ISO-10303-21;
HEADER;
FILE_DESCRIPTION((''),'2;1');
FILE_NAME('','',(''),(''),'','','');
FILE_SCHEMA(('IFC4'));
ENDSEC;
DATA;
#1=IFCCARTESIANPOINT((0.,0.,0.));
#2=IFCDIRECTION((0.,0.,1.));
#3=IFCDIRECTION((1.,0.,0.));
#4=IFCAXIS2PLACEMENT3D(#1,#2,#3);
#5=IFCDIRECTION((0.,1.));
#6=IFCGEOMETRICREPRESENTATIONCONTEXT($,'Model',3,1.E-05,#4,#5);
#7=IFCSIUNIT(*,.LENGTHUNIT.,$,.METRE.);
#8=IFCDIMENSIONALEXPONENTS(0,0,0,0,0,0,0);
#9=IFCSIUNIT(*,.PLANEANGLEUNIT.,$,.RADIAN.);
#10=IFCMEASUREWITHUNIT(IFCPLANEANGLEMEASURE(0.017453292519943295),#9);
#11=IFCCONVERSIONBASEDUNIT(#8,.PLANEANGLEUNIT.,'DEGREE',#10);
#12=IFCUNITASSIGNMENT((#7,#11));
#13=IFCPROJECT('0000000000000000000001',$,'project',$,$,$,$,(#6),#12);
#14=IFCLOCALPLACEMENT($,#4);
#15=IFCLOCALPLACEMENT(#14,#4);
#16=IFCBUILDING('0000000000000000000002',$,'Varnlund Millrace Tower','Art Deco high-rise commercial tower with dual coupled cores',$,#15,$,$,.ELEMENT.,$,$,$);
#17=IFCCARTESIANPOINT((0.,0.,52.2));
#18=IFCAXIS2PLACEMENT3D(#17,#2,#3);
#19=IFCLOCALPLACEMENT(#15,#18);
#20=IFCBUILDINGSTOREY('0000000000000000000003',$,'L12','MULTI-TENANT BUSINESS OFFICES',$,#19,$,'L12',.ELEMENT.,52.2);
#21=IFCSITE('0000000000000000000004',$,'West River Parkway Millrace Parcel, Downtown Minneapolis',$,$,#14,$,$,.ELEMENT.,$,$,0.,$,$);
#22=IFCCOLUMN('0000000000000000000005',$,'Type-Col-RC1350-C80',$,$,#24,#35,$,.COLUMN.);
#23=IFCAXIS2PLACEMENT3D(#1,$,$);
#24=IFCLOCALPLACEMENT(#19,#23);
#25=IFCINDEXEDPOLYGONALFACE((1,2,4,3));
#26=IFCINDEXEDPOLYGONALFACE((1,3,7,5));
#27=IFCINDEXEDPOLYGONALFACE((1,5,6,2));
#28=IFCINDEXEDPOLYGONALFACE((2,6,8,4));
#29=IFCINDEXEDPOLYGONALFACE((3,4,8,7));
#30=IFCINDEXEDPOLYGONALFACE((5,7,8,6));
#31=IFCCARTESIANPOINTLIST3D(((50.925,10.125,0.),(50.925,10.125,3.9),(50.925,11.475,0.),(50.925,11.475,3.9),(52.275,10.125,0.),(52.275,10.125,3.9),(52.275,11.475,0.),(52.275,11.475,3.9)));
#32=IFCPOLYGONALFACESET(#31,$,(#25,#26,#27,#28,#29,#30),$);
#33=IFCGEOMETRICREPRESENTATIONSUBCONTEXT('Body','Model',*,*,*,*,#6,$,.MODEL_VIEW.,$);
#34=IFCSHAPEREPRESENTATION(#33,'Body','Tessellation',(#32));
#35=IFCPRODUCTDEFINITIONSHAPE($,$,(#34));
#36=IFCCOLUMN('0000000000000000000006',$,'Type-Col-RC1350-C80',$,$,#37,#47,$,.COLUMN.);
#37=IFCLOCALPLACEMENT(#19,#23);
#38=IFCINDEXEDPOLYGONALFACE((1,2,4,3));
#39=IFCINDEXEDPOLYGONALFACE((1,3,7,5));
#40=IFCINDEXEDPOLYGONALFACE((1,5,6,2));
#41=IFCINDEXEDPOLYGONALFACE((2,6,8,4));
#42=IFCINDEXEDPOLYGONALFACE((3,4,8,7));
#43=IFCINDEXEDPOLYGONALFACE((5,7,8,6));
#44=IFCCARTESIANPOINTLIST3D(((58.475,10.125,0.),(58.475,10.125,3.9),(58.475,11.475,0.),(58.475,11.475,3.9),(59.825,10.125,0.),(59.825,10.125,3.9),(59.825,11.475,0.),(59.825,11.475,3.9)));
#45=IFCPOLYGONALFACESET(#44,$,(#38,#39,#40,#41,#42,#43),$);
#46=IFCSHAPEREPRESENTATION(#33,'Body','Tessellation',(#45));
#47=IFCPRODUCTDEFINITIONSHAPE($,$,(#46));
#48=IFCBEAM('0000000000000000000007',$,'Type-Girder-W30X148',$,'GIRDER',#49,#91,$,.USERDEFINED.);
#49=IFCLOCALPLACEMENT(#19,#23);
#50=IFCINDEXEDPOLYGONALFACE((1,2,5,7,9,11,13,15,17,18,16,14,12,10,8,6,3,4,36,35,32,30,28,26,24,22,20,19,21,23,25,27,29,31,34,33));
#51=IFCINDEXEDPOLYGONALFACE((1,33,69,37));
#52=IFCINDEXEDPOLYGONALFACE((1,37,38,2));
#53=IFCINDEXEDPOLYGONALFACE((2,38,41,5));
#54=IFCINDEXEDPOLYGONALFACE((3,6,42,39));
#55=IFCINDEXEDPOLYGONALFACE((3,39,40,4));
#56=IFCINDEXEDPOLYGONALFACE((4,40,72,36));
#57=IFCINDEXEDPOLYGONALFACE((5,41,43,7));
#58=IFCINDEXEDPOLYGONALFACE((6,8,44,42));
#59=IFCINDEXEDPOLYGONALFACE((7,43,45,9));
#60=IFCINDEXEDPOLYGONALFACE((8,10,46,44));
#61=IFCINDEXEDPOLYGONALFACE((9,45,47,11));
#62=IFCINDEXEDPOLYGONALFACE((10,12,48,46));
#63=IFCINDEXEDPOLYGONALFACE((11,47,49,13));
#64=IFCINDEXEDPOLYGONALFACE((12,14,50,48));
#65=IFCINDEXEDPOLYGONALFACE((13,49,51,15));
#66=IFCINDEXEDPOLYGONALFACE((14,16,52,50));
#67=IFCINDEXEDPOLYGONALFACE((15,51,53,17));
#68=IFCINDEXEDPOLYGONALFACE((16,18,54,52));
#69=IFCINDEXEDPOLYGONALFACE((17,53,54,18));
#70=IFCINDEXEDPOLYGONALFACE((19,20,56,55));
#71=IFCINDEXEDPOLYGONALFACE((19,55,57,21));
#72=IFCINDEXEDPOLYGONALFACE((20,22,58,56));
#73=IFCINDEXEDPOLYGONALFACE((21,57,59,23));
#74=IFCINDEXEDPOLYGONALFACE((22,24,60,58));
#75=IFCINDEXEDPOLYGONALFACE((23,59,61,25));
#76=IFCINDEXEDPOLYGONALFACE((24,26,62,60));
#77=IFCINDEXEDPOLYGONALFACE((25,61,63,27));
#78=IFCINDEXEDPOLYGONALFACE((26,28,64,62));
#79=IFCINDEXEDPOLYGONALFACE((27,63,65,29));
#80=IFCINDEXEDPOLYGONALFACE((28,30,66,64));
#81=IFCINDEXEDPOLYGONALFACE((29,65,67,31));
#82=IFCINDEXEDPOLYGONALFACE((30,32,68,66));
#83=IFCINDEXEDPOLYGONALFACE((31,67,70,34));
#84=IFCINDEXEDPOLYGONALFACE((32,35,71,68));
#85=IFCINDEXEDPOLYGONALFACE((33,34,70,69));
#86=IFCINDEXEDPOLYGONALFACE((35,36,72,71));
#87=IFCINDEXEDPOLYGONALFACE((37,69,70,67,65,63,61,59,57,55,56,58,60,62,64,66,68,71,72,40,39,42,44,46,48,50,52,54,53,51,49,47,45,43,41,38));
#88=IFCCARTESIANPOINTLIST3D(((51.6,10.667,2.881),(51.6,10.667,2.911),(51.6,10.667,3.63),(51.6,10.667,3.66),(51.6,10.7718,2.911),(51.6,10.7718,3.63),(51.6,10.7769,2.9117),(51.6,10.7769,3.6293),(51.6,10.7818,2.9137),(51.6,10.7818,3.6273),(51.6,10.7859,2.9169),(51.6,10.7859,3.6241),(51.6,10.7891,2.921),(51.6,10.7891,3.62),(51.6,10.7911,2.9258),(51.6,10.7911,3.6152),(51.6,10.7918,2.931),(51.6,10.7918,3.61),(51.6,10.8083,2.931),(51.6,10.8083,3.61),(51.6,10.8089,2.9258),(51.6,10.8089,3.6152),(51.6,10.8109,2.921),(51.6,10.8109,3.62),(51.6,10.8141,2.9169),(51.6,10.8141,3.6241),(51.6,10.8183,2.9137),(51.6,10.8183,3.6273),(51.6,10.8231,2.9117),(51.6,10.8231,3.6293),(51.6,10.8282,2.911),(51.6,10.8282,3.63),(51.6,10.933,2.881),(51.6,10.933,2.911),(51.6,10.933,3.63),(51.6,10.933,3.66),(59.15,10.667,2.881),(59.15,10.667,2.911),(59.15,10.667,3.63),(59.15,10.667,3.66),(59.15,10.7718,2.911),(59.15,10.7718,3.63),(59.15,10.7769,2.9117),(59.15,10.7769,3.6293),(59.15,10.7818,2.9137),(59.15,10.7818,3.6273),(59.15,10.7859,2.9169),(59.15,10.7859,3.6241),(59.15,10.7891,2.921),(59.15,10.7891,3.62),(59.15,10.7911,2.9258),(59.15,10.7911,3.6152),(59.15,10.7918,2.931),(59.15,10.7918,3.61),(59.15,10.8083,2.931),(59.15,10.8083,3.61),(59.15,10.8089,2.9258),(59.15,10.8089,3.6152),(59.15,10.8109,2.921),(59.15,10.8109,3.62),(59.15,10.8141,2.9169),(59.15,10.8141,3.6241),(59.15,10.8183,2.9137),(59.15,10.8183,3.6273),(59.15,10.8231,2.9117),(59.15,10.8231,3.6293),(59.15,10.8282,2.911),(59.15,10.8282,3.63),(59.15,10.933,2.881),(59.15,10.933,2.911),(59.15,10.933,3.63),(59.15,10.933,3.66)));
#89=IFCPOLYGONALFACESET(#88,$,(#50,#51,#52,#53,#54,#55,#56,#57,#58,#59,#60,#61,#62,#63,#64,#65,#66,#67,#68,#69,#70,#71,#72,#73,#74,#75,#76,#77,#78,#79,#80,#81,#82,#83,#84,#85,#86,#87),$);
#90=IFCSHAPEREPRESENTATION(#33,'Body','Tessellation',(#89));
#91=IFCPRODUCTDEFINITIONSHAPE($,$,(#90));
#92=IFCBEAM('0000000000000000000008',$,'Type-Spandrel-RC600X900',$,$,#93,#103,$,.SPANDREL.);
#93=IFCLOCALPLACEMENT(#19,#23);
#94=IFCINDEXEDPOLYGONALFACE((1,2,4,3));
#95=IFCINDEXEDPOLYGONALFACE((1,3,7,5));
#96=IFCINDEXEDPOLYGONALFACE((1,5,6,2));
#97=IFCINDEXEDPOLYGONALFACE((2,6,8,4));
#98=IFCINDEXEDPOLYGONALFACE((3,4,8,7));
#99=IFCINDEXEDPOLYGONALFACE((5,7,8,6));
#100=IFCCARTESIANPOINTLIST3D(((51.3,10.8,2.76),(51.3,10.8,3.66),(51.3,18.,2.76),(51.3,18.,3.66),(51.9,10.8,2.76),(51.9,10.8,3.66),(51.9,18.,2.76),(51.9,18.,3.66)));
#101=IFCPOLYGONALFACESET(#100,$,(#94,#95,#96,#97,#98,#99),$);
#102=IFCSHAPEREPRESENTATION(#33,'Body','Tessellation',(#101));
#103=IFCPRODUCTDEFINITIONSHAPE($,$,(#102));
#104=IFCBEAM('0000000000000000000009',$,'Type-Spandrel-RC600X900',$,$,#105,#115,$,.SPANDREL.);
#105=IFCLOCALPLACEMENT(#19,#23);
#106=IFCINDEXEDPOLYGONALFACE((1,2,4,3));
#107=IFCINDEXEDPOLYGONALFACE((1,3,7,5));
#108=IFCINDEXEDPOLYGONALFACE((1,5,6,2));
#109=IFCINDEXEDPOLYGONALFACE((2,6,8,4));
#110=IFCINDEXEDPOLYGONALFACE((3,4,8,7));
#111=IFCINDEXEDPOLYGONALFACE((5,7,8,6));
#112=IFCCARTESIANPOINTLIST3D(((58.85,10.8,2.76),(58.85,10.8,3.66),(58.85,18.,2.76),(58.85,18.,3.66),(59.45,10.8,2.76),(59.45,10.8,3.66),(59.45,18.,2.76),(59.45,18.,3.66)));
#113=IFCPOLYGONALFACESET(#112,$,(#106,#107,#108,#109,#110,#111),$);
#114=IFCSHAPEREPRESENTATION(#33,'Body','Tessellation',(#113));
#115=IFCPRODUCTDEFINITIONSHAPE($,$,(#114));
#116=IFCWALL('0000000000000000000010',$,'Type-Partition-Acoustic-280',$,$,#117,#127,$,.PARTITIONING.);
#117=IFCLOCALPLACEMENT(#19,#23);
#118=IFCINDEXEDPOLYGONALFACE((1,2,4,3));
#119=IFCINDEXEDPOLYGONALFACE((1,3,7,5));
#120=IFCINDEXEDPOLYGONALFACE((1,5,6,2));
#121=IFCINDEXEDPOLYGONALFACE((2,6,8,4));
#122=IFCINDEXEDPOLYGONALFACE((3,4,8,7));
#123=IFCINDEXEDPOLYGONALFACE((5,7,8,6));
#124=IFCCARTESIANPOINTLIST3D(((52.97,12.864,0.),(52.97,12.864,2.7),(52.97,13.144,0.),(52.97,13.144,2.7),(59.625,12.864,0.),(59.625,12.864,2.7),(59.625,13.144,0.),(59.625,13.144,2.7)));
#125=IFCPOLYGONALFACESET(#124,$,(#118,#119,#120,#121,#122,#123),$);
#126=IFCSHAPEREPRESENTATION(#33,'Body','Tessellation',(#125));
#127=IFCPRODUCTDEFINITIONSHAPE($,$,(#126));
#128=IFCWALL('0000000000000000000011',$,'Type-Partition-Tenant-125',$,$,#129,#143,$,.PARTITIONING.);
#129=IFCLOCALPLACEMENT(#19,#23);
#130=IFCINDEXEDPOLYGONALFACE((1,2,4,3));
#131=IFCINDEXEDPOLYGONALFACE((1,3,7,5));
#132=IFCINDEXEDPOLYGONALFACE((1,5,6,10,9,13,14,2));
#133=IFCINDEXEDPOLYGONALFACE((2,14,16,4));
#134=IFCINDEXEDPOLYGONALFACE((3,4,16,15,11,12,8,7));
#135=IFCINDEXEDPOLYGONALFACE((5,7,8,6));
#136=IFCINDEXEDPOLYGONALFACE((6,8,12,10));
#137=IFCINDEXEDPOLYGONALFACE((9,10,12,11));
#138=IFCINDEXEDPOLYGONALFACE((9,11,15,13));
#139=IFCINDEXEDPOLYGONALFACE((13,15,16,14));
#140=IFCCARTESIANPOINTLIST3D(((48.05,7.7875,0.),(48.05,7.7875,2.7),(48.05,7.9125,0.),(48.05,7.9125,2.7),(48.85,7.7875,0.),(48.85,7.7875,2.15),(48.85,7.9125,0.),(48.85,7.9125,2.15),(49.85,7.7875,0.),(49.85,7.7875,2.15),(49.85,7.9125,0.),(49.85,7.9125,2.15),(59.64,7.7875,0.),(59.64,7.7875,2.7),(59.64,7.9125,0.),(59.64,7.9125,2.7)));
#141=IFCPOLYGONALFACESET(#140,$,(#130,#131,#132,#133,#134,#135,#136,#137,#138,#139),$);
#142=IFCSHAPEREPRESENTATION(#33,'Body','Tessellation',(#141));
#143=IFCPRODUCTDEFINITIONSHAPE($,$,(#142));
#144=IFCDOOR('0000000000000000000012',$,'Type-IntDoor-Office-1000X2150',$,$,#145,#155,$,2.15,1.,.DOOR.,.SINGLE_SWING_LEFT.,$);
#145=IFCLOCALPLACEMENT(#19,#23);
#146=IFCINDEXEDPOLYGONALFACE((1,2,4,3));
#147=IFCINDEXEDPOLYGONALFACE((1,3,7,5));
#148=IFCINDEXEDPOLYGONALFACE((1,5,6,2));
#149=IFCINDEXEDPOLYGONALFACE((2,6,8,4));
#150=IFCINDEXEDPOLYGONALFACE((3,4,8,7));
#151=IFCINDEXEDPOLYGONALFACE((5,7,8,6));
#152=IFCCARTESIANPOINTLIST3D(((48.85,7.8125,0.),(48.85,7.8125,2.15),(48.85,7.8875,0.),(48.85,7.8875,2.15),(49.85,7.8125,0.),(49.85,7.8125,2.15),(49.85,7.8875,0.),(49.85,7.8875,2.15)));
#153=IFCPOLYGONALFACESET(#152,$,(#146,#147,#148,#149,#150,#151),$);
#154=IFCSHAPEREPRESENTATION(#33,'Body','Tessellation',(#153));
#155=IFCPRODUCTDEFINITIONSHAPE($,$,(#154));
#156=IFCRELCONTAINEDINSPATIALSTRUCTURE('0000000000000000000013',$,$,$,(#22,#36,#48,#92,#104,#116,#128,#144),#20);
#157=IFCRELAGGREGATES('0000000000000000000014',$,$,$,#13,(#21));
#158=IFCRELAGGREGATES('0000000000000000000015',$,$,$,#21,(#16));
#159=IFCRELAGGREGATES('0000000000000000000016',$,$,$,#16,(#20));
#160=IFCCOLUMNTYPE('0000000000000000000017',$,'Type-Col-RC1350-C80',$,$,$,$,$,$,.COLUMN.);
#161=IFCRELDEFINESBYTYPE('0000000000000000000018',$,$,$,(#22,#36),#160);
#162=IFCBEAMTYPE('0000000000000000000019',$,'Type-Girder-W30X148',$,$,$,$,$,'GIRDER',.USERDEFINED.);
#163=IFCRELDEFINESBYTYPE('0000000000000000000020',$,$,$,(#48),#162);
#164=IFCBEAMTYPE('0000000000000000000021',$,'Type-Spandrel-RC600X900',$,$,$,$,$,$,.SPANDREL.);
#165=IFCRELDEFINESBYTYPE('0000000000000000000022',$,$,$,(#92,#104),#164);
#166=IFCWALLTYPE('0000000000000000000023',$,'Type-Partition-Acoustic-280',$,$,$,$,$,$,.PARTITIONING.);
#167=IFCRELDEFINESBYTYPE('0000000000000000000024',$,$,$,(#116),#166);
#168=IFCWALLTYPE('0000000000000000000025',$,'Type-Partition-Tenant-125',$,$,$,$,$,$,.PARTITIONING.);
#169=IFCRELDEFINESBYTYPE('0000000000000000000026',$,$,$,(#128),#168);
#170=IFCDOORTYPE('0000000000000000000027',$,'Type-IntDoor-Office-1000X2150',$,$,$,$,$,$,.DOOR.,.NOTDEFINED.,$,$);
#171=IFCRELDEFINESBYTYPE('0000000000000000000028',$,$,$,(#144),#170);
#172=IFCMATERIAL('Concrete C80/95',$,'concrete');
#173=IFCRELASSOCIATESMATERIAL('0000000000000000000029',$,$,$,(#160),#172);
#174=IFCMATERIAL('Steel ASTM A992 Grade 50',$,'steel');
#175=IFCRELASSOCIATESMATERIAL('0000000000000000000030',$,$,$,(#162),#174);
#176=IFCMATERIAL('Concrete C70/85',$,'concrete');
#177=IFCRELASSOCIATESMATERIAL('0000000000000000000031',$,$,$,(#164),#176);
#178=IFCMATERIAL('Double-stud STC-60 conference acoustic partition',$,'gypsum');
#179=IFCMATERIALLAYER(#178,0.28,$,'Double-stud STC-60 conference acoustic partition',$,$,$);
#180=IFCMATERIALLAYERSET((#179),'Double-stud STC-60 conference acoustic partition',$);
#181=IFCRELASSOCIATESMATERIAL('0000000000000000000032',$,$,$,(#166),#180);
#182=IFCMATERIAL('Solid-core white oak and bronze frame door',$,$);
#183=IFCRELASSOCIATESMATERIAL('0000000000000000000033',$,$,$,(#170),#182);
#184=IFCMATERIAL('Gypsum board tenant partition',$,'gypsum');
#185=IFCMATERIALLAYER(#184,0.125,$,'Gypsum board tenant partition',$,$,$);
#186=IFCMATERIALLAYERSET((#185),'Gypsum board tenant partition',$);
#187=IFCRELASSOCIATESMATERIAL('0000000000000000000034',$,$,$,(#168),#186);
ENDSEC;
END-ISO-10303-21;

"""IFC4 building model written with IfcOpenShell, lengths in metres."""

from ifc_helpers import new_model, entity, si_unit, converted_unit, direction, frame, origin_with_axes, origin_2d_with_axis, place, context, subcontext, project, spatial, polyline, rectangle, i_section, outline, extrude, material, layer, layer_set, material_profile, profile_set, type_object, element, fill, save


model = new_model("IFC4")

# Units and contexts
model_context = context("Model", 3, precision=1e-05, world=origin_with_axes(), true_north=direction((0.0, 1.0)))
body_context = subcontext(model_context, "Body", "Model", "MODEL_VIEW")
ifc_project = project(units=[si_unit("LENGTHUNIT", "METRE"), converted_unit("PLANEANGLEUNIT", "DEGREE", entity("IfcPlaneAngleMeasure", 0.017453292519943295), si_unit("PLANEANGLEUNIT", "RADIAN"), dimensions=[0, 0, 0, 0, 0, 0, 0])], contexts=[model_context])

# Site, building, storey
site_placement = place(None, origin_with_axes())
site = spatial("IfcSite", under=ifc_project, at=site_placement, Name="West River Parkway Millrace Parcel, Downtown Minneapolis", CompositionType="ELEMENT", RefElevation=0.0)
building_placement = place(site_placement, origin_with_axes())
building = spatial("IfcBuilding", under=site, at=building_placement, Name="Varnlund Millrace Tower", Description="Art Deco high-rise commercial tower with dual coupled cores", CompositionType="ELEMENT")
storey_placement = place(building_placement, frame((0.0, 0.0, 52.2), z_axis=(0.0, 0.0, 1.0), x_axis=(1.0, 0.0, 0.0)))
storey = spatial("IfcBuildingStorey", under=building, at=storey_placement, Name="L12", Description="MULTI-TENANT BUSINESS OFFICES", LongName="L12", CompositionType="ELEMENT", Elevation=52.2)

# Columns
ifc_material_1 = material(Name="Concrete C80/95", Category="concrete")
ifc_material_profile_1 = material_profile(ifc_material_1, rectangle(XDim=1.35, YDim=1.35, at=origin_2d_with_axis()), Name="Concrete C80/95")
ifc_profile_set_1 = profile_set([ifc_material_profile_1], Name="Concrete C80/95")
column_type = type_object("IfcColumnType", Name="Type-Col-RC1350-C80", PredefinedType="COLUMN", material=ifc_profile_set_1)
for number, where, z_axis, x_axis, name in (
    (1, (51.6, 10.8, 0.0), (0.0, 0.0, 1.0), (1.0, 0.0, 0.0), "Type-Col-RC1350-C80"),
    (2, (59.15, 10.8, 0.0), (0.0, 0.0, 1.0), (1.0, 0.0, 0.0), "Type-Col-RC1350-C80"),
):
    element("IfcColumn", number, at=place(storey_placement, frame(where, z_axis=z_axis, x_axis=x_axis)), inside=storey, type_object=column_type, Name=name, PredefinedType="COLUMN", context=body_context, shape_type="SweptSolid", body=[
        extrude(rectangle(XDim=1.35, YDim=1.35, at=origin_2d_with_axis()), origin_with_axes(), (0.0, 0.0, 1.0), 3.9),
    ])

# Beams
ifc_material_2 = material(Name="Steel ASTM A992 Grade 50", Category="steel")
ifc_material_profile_2 = material_profile(ifc_material_2, i_section(OverallWidth=0.266, OverallDepth=0.779, WebThickness=0.0165, FlangeThickness=0.03, FilletRadius=0.02, at=origin_2d_with_axis()), Name="Steel ASTM A992 Grade 50")
ifc_profile_set_2 = profile_set([ifc_material_profile_2], Name="Steel ASTM A992 Grade 50")
beam_type_1 = type_object("IfcBeamType", Name="Type-Girder-W30X148", ElementType="GIRDER", PredefinedType="USERDEFINED", material=ifc_profile_set_2)
beam_placement = place(storey_placement, frame((51.6, 10.8, 3.2705), z_axis=(1.0, 0.0, 0.0), x_axis=(0.0, 1.0, 0.0)))
element("IfcBeam", 3, at=beam_placement, inside=storey, type_object=beam_type_1, Name="Type-Girder-W30X148", ObjectType="GIRDER", PredefinedType="USERDEFINED", context=body_context, shape_type="SweptSolid", body=[
    extrude(i_section(OverallWidth=0.266, OverallDepth=0.779, WebThickness=0.0165, FlangeThickness=0.03, FilletRadius=0.02, at=origin_2d_with_axis()), origin_with_axes(), (0.0, 0.0, 1.0), 7.55),
])
ifc_material_3 = material(Name="Concrete C70/85", Category="concrete")
ifc_material_profile_3 = material_profile(ifc_material_3, rectangle(XDim=0.6, YDim=0.9, at=origin_2d_with_axis()), Name="Concrete C70/85")
ifc_profile_set_3 = profile_set([ifc_material_profile_3], Name="Concrete C70/85")
beam_type_2 = type_object("IfcBeamType", Name="Type-Spandrel-RC600X900", PredefinedType="SPANDREL", material=ifc_profile_set_3)
for number, where, z_axis, x_axis, name in (
    (4, (51.6, 10.8, 3.21), (0.0, 1.0, 0.0), (-1.0, 0.0, 0.0), "Type-Spandrel-RC600X900"),
    (5, (59.15, 10.8, 3.21), (0.0, 1.0, 0.0), (-1.0, 0.0, 0.0), "Type-Spandrel-RC600X900"),
):
    element("IfcBeam", number, at=place(storey_placement, frame(where, z_axis=z_axis, x_axis=x_axis)), inside=storey, type_object=beam_type_2, Name=name, PredefinedType="SPANDREL", context=body_context, shape_type="SweptSolid", body=[
        extrude(rectangle(XDim=0.6, YDim=0.9, at=origin_2d_with_axis()), origin_with_axes(), (0.0, 0.0, 1.0), 7.2),
    ])

# Wall
ifc_material_4 = material(Name="Double-stud STC-60 conference acoustic partition", Category="gypsum")
ifc_layer_1 = layer(ifc_material_4, 0.28, Name="Double-stud STC-60 conference acoustic partition")
ifc_layer_set_1 = layer_set([ifc_layer_1], Name="Double-stud STC-60 conference acoustic partition")
wall_type_1 = type_object("IfcWallType", Name="Type-Partition-Acoustic-280", PredefinedType="PARTITIONING", material=ifc_layer_set_1)
wall_1_placement = place(storey_placement, frame((52.97, 13.004, 0.0), z_axis=(0.0, 0.0, 1.0), x_axis=(1.0, 0.0, 0.0)))
element("IfcWall", 6, at=wall_1_placement, inside=storey, type_object=wall_type_1, Name="Type-Partition-Acoustic-280", PredefinedType="PARTITIONING", context=body_context, shape_type="SweptSolid", body=[
    extrude(outline(polyline([(0.0, -0.14), (6.655, -0.14), (6.655, 0.14), (0.0, 0.14), (0.0, -0.14)])), origin_with_axes(), (0.0, 0.0, 1.0), 2.7),
])

# Shared definitions
ifc_material_5 = material(Name="Solid-core white oak and bronze frame door")
door_type = type_object("IfcDoorType", Name="Type-IntDoor-Office-1000X2150", OperationType="NOTDEFINED", PredefinedType="DOOR", material=ifc_material_5)

# Wall, opening, door
ifc_material_6 = material(Name="Gypsum board tenant partition", Category="gypsum")
ifc_layer_2 = layer(ifc_material_6, 0.125, Name="Gypsum board tenant partition")
ifc_layer_set_2 = layer_set([ifc_layer_2], Name="Gypsum board tenant partition")
wall_type_2 = type_object("IfcWallType", Name="Type-Partition-Tenant-125", PredefinedType="PARTITIONING", material=ifc_layer_set_2)
wall_2_placement = place(storey_placement, frame((59.64, 7.85, 0.0), z_axis=(0.0, 0.0, 1.0), x_axis=(-1.0, 0.0, 0.0)))
wall_2 = element("IfcWall", 7, at=wall_2_placement, inside=storey, type_object=wall_type_2, Name="Type-Partition-Tenant-125", PredefinedType="PARTITIONING", context=body_context, shape_type="SweptSolid", body=[
    extrude(outline(polyline([(0.0, -0.0625), (11.59, -0.0625), (11.59, 0.0625), (0.0, 0.0625), (0.0, -0.0625)])), origin_with_axes(), (0.0, 0.0, 1.0), 2.7),
])
opening_1_placement = place(wall_2_placement, frame((10.29, 0.0, 0.0), z_axis=(0.0, 0.0, 1.0), x_axis=(1.0, 0.0, 0.0)))
opening_1 = element("IfcOpeningElement", 8, at=opening_1_placement, cuts=wall_2, PredefinedType="OPENING", context=body_context, shape_type="SweptSolid", body=[
    extrude(rectangle(XDim=1.0, YDim=0.145, at=origin_2d_with_axis()), origin_with_axes(), (0.0, 0.0, 1.0), 2.15),
])
door_1_placement = place(wall_2_placement, frame((10.29, 0.0, 0.0), z_axis=(0.0, 0.0, 1.0), x_axis=(1.0, 0.0, 0.0)))
door_1 = element("IfcDoor", 9, at=door_1_placement, inside=storey, type_object=door_type, Name="Type-IntDoor-Office-1000X2150", OperationType="SINGLE_SWING_LEFT", OverallHeight=2.15, OverallWidth=1.0, PredefinedType="DOOR", context=body_context, shape_type="SweptSolid", body=[
    extrude(rectangle(XDim=1.0, YDim=0.075, at=origin_2d_with_axis()), origin_with_axes(), (0.0, 0.0, 1.0), 2.15),
])
fill(opening_1, door_1)

save(model, "model.ifc")
